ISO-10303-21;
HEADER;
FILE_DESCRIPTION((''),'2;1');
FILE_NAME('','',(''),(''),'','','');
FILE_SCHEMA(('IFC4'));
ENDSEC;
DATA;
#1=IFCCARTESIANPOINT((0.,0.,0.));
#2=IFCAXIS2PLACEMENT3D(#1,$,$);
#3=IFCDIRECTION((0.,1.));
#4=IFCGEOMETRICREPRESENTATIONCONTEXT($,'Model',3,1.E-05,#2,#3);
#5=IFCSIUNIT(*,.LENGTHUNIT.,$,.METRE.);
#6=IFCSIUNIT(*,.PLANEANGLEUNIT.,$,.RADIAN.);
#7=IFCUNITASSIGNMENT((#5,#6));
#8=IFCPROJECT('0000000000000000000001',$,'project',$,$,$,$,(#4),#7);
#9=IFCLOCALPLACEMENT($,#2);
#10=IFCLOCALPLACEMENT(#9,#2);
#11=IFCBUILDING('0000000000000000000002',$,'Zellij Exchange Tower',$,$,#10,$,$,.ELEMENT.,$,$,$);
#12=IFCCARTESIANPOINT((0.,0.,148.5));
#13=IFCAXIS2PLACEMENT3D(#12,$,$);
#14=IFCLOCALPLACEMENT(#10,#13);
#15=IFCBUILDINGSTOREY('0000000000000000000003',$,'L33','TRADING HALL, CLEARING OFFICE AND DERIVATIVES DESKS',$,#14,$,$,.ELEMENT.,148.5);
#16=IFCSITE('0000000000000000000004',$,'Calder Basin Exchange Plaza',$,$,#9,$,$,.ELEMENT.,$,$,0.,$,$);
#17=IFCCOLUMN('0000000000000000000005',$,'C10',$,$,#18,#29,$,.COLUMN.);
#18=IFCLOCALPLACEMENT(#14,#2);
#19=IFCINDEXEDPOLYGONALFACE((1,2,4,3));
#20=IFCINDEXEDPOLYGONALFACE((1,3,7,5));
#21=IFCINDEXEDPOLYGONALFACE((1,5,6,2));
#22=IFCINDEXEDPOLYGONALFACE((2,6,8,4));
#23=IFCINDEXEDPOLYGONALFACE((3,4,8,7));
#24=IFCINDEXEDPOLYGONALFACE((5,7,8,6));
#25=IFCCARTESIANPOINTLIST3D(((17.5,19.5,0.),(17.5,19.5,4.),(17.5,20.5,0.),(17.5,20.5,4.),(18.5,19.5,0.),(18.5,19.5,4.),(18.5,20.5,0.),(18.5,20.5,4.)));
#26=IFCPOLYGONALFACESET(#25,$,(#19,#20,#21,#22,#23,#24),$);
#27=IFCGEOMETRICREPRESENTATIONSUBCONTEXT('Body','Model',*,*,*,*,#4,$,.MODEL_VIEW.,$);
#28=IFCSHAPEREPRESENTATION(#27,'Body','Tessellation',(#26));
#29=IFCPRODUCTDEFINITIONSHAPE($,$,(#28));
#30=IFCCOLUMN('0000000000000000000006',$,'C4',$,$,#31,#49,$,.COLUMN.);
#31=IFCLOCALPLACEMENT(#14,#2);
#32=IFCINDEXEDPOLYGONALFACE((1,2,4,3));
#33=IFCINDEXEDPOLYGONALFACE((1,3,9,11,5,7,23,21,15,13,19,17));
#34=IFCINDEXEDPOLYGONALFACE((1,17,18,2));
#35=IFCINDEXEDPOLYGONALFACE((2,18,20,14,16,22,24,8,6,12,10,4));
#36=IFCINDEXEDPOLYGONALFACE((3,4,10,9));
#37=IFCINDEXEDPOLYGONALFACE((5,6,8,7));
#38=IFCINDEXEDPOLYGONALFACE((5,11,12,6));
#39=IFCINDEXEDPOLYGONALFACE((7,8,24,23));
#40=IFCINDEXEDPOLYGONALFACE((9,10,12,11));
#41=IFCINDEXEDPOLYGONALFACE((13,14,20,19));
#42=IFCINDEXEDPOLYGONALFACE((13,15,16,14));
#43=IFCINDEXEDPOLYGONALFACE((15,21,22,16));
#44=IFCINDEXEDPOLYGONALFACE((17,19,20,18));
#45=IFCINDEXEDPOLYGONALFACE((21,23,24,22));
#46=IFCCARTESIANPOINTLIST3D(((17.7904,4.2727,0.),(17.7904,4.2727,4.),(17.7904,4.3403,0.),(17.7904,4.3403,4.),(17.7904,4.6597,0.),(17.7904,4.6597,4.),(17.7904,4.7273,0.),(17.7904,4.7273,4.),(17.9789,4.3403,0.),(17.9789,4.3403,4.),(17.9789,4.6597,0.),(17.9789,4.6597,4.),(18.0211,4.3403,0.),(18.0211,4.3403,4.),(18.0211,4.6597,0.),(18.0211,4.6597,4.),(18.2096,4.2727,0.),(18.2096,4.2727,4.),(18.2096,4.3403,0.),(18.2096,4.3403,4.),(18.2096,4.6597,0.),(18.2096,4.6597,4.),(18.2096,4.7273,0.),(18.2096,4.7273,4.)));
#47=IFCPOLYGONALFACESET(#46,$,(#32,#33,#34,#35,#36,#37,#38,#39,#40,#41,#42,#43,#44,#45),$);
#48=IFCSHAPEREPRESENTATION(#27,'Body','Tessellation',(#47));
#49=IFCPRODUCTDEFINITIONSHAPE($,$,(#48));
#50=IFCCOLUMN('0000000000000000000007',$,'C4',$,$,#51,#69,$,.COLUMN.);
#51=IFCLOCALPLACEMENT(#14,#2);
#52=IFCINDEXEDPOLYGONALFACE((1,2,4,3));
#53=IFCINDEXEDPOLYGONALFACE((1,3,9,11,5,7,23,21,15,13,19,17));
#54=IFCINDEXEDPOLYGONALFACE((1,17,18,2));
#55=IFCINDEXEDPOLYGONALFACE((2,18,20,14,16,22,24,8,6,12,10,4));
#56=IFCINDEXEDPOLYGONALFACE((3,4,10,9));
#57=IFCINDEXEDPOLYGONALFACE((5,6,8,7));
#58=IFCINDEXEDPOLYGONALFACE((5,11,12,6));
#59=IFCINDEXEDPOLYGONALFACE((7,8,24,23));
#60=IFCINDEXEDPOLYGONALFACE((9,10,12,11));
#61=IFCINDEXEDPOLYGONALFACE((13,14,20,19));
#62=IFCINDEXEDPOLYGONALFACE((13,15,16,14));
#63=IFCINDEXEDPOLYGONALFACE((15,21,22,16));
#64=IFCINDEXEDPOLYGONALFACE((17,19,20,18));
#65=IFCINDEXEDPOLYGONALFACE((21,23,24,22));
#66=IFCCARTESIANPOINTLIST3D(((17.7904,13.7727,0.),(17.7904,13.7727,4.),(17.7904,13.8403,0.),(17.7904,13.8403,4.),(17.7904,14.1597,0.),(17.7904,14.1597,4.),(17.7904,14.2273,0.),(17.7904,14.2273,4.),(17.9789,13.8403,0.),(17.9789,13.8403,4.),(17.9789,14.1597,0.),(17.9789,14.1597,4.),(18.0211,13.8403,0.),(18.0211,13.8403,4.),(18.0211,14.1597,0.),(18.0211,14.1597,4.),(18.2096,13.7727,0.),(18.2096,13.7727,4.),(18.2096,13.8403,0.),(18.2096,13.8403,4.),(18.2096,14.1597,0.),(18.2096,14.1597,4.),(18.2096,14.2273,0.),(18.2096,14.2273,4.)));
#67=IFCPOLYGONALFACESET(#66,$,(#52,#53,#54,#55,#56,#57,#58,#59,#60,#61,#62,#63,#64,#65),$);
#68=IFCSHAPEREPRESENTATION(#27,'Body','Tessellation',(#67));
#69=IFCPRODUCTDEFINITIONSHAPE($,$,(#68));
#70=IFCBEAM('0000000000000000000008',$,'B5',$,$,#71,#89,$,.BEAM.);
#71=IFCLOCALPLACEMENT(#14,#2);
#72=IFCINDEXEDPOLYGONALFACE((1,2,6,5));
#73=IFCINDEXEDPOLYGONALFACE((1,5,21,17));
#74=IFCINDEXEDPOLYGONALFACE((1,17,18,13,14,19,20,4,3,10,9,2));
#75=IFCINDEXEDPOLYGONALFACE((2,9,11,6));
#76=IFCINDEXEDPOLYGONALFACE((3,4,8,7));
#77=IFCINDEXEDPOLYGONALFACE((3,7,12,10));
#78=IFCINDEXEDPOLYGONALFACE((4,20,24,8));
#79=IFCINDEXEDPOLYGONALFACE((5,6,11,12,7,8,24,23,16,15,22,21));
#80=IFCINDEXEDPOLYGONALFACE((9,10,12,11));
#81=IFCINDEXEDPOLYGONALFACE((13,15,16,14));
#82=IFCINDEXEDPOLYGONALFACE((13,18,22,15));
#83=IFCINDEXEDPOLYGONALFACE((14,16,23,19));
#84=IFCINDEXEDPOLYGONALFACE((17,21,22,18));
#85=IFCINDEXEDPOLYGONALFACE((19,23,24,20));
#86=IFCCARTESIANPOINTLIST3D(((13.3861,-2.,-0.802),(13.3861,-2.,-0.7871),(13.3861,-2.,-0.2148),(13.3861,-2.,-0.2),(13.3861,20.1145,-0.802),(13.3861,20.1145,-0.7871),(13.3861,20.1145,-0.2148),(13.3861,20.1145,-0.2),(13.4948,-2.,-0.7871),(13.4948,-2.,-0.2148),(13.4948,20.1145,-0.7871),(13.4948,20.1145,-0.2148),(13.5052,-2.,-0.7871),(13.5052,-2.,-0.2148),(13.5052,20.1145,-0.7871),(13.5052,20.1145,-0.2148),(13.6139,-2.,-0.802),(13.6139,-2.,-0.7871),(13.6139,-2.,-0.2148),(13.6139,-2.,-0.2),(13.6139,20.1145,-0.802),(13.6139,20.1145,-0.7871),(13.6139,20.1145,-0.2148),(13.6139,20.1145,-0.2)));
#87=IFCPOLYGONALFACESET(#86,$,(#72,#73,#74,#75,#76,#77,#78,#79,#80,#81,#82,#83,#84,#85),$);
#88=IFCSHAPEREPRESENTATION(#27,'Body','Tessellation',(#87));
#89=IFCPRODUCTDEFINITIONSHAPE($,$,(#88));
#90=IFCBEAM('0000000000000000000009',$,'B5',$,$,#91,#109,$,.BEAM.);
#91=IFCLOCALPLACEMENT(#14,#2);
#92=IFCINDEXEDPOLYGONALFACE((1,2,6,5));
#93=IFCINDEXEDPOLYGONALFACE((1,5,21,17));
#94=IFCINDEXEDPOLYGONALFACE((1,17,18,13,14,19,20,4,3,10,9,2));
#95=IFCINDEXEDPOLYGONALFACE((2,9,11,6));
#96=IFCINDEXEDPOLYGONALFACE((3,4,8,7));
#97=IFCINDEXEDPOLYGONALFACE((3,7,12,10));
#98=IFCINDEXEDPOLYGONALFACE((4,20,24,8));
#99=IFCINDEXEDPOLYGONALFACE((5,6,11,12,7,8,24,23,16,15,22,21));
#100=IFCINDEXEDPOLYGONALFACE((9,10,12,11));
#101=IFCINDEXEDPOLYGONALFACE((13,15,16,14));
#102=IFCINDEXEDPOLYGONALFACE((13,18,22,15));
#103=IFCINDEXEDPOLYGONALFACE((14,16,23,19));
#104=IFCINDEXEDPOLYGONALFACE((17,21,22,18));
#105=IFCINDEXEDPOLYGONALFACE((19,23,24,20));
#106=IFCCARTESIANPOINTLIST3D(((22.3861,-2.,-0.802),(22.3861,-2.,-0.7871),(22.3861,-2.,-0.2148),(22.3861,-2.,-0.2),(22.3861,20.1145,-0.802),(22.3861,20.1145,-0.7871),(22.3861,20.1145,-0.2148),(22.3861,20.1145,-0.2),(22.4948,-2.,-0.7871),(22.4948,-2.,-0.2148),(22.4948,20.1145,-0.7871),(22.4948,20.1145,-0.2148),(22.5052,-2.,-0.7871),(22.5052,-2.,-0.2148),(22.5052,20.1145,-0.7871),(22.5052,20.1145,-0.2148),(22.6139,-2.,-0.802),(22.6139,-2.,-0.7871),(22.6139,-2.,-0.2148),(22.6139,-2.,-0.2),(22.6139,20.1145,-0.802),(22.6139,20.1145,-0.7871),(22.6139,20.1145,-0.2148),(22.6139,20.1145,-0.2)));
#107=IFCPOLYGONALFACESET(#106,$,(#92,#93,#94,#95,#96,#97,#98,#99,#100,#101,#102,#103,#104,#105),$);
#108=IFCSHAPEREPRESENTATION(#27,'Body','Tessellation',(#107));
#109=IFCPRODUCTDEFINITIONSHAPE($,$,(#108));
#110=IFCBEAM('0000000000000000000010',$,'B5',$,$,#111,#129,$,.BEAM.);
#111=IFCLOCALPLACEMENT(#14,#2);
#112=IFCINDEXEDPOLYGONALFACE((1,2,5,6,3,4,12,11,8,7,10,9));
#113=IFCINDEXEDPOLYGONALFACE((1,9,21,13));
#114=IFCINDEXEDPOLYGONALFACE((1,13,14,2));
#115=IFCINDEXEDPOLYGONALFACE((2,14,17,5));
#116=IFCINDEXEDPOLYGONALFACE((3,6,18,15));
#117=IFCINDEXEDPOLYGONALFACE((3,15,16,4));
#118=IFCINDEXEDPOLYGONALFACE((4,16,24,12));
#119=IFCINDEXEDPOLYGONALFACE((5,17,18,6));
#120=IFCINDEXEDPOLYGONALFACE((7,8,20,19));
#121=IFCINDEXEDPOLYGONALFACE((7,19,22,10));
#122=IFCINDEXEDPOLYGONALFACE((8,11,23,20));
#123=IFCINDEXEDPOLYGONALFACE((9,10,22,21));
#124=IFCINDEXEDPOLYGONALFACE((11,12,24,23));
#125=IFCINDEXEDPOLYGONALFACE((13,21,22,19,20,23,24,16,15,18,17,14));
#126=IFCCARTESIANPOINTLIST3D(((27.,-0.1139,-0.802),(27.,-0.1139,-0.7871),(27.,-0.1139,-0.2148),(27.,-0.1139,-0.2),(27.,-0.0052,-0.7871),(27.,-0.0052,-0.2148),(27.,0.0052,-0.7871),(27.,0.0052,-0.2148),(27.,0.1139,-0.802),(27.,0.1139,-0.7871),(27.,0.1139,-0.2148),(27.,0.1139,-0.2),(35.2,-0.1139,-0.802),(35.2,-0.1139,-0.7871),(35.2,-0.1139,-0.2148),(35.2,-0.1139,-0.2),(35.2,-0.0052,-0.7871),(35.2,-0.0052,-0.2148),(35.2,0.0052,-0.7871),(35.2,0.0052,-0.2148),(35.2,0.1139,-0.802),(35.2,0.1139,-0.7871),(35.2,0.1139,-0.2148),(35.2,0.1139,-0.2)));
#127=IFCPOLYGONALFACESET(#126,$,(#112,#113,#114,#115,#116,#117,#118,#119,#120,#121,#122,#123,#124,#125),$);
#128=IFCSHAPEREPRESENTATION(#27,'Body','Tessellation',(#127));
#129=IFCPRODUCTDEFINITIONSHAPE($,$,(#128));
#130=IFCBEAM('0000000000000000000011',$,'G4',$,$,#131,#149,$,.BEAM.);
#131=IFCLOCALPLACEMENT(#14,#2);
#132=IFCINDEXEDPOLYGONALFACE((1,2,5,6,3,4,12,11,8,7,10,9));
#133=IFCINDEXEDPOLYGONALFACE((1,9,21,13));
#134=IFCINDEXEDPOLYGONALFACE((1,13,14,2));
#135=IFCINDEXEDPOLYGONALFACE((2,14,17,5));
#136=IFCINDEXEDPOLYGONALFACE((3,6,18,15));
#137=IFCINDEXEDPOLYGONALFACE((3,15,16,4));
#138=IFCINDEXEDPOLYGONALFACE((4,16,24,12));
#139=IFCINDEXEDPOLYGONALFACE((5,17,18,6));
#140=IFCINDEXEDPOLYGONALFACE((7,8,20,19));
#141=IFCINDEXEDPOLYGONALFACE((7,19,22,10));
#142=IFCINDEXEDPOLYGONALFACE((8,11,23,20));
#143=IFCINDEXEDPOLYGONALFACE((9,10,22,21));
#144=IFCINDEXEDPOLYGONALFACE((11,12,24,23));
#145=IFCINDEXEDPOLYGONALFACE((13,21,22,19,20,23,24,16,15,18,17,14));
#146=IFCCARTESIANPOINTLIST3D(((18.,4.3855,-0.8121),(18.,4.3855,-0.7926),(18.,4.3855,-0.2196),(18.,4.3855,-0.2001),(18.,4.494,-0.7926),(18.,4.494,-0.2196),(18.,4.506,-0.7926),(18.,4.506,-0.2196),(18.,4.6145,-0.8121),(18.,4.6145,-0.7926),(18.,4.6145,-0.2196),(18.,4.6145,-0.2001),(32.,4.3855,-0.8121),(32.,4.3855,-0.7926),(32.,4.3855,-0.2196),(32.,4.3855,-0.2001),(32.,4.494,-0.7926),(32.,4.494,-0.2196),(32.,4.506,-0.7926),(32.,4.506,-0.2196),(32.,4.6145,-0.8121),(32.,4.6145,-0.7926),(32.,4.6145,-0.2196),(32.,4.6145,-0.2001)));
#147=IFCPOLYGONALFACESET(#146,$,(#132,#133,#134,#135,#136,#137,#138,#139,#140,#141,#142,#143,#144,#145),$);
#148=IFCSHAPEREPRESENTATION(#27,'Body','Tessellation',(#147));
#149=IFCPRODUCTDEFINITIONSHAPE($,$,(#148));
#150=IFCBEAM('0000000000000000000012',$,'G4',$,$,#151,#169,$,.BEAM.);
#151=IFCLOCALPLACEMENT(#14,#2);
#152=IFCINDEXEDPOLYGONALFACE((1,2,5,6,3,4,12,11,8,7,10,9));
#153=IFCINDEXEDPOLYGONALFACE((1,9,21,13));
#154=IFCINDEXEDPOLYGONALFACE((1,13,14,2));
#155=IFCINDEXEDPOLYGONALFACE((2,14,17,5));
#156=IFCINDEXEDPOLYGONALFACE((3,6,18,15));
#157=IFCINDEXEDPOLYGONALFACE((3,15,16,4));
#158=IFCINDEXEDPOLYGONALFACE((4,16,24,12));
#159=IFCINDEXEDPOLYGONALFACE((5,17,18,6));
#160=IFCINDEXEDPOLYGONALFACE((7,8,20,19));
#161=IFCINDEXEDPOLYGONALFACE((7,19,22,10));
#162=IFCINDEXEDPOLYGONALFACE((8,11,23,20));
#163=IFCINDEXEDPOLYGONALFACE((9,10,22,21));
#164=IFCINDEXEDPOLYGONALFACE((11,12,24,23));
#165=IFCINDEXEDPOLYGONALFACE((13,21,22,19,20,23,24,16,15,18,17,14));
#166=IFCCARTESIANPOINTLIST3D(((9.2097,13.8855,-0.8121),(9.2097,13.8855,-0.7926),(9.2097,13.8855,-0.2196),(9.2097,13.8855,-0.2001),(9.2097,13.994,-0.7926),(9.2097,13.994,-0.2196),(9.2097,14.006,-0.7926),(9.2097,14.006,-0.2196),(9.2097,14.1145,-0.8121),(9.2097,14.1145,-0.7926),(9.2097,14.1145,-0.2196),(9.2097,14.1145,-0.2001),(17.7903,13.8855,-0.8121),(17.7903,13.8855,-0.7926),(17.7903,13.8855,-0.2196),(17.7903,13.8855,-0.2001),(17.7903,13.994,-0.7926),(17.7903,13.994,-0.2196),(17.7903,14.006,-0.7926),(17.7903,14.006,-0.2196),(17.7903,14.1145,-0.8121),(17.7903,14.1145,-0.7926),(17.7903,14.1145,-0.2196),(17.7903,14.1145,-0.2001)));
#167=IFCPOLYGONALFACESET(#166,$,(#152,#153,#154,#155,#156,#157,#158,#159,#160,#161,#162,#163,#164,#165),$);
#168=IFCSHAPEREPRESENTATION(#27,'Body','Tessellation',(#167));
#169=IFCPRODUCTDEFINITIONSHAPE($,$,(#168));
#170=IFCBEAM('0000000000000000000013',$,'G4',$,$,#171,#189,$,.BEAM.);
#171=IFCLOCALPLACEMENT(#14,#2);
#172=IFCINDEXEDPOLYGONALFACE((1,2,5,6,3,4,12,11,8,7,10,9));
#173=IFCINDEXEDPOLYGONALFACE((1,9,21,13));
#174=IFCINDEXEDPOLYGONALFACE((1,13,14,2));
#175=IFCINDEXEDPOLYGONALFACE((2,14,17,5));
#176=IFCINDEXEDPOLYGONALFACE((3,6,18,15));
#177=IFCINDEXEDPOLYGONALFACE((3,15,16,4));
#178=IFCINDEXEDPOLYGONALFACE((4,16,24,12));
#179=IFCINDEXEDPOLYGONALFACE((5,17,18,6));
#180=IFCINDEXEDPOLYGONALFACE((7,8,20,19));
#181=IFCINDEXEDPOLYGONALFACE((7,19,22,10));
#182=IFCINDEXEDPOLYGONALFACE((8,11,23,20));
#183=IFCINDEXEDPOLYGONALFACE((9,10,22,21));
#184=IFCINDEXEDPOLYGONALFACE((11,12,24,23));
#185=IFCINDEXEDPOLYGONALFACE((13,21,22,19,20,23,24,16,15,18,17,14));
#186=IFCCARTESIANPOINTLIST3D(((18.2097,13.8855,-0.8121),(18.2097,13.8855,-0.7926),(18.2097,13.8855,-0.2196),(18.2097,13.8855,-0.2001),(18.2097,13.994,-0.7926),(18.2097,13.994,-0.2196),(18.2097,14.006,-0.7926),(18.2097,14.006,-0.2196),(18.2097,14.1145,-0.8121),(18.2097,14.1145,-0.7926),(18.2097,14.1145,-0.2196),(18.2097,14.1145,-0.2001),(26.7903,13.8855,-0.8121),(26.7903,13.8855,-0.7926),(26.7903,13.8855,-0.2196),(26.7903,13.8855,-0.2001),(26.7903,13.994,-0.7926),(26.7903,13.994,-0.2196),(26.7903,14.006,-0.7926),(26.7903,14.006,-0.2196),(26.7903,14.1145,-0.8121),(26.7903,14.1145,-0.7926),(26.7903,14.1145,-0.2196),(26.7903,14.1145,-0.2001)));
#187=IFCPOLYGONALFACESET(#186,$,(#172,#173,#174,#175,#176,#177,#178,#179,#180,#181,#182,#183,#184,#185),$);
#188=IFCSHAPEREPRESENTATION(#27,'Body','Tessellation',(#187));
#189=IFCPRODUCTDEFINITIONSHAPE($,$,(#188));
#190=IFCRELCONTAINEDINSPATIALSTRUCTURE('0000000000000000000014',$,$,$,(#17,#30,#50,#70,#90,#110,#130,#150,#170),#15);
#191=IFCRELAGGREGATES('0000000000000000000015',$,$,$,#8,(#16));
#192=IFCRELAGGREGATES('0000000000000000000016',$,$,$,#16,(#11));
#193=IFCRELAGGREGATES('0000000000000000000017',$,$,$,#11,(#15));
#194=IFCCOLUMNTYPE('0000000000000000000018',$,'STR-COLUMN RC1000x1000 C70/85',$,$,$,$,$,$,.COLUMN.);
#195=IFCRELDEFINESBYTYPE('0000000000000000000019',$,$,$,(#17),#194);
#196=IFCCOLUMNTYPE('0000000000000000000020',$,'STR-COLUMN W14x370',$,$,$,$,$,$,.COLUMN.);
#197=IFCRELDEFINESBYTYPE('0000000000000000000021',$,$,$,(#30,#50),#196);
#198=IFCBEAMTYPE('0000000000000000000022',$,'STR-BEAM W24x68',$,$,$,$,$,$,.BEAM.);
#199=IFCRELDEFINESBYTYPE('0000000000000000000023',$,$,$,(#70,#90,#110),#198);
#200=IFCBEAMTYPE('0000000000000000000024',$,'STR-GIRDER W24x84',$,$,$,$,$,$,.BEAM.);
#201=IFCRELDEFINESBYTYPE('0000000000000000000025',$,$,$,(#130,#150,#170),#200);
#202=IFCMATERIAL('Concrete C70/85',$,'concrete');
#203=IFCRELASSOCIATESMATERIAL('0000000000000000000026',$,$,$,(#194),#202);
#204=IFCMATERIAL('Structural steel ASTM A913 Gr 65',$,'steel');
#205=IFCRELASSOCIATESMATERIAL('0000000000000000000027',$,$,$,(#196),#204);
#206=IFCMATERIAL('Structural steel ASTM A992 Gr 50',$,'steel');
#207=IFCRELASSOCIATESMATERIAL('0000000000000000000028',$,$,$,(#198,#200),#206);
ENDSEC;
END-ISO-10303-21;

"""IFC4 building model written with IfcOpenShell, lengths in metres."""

from ifc_helpers import new_model, si_unit, direction, frame, origin, origin_2d, place, context, subcontext, project, spatial, rectangle, i_section, extrude, material, material_profile, profile_set, type_object, element, save


model = new_model("IFC4")

# Units and contexts
model_context = context("Model", 3, precision=1e-05, world=origin(), true_north=direction((0.0, 1.0)))
body_context = subcontext(model_context, "Body", "Model", "MODEL_VIEW")
ifc_project = project(units=[si_unit("LENGTHUNIT", "METRE"), si_unit("PLANEANGLEUNIT", "RADIAN")], contexts=[model_context])

# Site, building, storey
site_placement = place(None, origin())
site = spatial("IfcSite", under=ifc_project, at=site_placement, Name="Calder Basin Exchange Plaza", CompositionType="ELEMENT", RefElevation=0.0)
building_placement = place(site_placement, origin())
building = spatial("IfcBuilding", under=site, at=building_placement, Name="Zellij Exchange Tower", CompositionType="ELEMENT")
storey_placement = place(building_placement, frame((0.0, 0.0, 148.5)))
storey = spatial("IfcBuildingStorey", under=building, at=storey_placement, Name="L33", Description="TRADING HALL, CLEARING OFFICE AND DERIVATIVES DESKS", CompositionType="ELEMENT", Elevation=148.5)

# Columns
ifc_material_1 = material(Name="Concrete C70/85", Category="concrete")
ifc_material_profile_1 = material_profile(ifc_material_1, rectangle(XDim=1.0, YDim=1.0, at=origin_2d()), Name="STR-COLUMN RC1000x1000 C70/85")
ifc_profile_set_1 = profile_set([ifc_material_profile_1], Name="Concrete C70/85")
column_type_1 = type_object("IfcColumnType", Name="STR-COLUMN RC1000x1000 C70/85", PredefinedType="COLUMN", material=ifc_profile_set_1)
column_placement = place(storey_placement, frame((18.0, 20.0, 0.0), z_axis=(0.0, 0.0, 1.0), x_axis=(1.0, 0.0, 0.0)))
element("IfcColumn", 1, at=column_placement, inside=storey, type_object=column_type_1, Name="C10", PredefinedType="COLUMN", context=body_context, shape_type="SweptSolid", body=[
    extrude(rectangle(XDim=1.0, YDim=1.0, at=origin_2d()), origin(), (0.0, 0.0, 1.0), 4.0),
])
ifc_material_2 = material(Name="Structural steel ASTM A913 Gr 65", Category="steel")
ifc_material_profile_2 = material_profile(ifc_material_2, i_section(OverallWidth=0.4192, OverallDepth=0.4546, WebThickness=0.0422, FlangeThickness=0.0676, at=origin_2d()), Name="W14x370")
ifc_profile_set_2 = profile_set([ifc_material_profile_2], Name="Structural steel ASTM A913 Gr 65")
column_type_2 = type_object("IfcColumnType", Name="STR-COLUMN W14x370", PredefinedType="COLUMN", material=ifc_profile_set_2)
for number, where, z_axis, x_axis, name in (
    (2, (18.0, 4.5, 0.0), (0.0, 0.0, 1.0), (1.0, 0.0, 0.0), "C4"),
    (3, (18.0, 14.0, 0.0), (0.0, 0.0, 1.0), (1.0, 0.0, 0.0), "C4"),
):
    element("IfcColumn", number, at=place(storey_placement, frame(where, z_axis=z_axis, x_axis=x_axis)), inside=storey, type_object=column_type_2, Name=name, PredefinedType="COLUMN", context=body_context, shape_type="SweptSolid", body=[
        extrude(i_section(OverallWidth=0.4192, OverallDepth=0.4546, WebThickness=0.0422, FlangeThickness=0.0676, at=origin_2d()), origin(), (0.0, 0.0, 1.0), 4.0),
    ])

# Beams
ifc_material_3 = material(Name="Structural steel ASTM A992 Gr 50", Category="steel")
ifc_material_profile_3 = material_profile(ifc_material_3, i_section(OverallWidth=0.2278, OverallDepth=0.6021, WebThickness=0.0105, FlangeThickness=0.0149, at=origin_2d()), Name="W24x68")
ifc_profile_set_3 = profile_set([ifc_material_profile_3], Name="Structural steel ASTM A992 Gr 50")
beam_type_1 = type_object("IfcBeamType", Name="STR-BEAM W24x68", PredefinedType="BEAM", material=ifc_profile_set_3)
for number, where, z_axis, x_axis, name in (
    (4, (13.5, -2.0, -0.501), (0.0, 1.0, 0.0), (-1.0, 0.0, 0.0), "B5"),
    (5, (22.5, -2.0, -0.501), (0.0, 1.0, 0.0), (-1.0, 0.0, 0.0), "B5"),
):
    element("IfcBeam", number, at=place(storey_placement, frame(where, z_axis=z_axis, x_axis=x_axis)), inside=storey, type_object=beam_type_1, Name=name, PredefinedType="BEAM", context=body_context, shape_type="SweptSolid", body=[
        extrude(i_section(OverallWidth=0.2278, OverallDepth=0.6021, WebThickness=0.0105, FlangeThickness=0.0149, at=origin_2d()), origin(), (0.0, 0.0, 1.0), 22.1145),
    ])
beam_1_placement = place(storey_placement, frame((27.0, 0.0, -0.501), z_axis=(1.0, 0.0, 0.0), x_axis=(0.0, 1.0, 0.0)))
element("IfcBeam", 6, at=beam_1_placement, inside=storey, type_object=beam_type_1, Name="B5", PredefinedType="BEAM", context=body_context, shape_type="SweptSolid", body=[
    extrude(i_section(OverallWidth=0.2278, OverallDepth=0.6021, WebThickness=0.0105, FlangeThickness=0.0149, at=origin_2d()), origin(), (0.0, 0.0, 1.0), 8.2),
])
ifc_material_profile_4 = material_profile(ifc_material_3, i_section(OverallWidth=0.229, OverallDepth=0.6121, WebThickness=0.012, FlangeThickness=0.0195, at=origin_2d()), Name="W24x84")
ifc_profile_set_4 = profile_set([ifc_material_profile_4], Name="Structural steel ASTM A992 Gr 50")
beam_type_2 = type_object("IfcBeamType", Name="STR-GIRDER W24x84", PredefinedType="BEAM", material=ifc_profile_set_4)
beam_2_placement = place(storey_placement, frame((18.0, 4.5, -0.5061), z_axis=(1.0, 0.0, 0.0), x_axis=(0.0, 1.0, 0.0)))
element("IfcBeam", 7, at=beam_2_placement, inside=storey, type_object=beam_type_2, Name="G4", PredefinedType="BEAM", context=body_context, shape_type="SweptSolid", body=[
    extrude(i_section(OverallWidth=0.229, OverallDepth=0.6121, WebThickness=0.012, FlangeThickness=0.0195, at=origin_2d()), origin(), (0.0, 0.0, 1.0), 14.0),
])
for number, where, z_axis, x_axis, name in (
    (8, (9.2097, 14.0, -0.5061), (1.0, 0.0, 0.0), (0.0, 1.0, 0.0), "G4"),
    (9, (18.2097, 14.0, -0.5061), (1.0, 0.0, 0.0), (0.0, 1.0, 0.0), "G4"),
):
    element("IfcBeam", number, at=place(storey_placement, frame(where, z_axis=z_axis, x_axis=x_axis)), inside=storey, type_object=beam_type_2, Name=name, PredefinedType="BEAM", context=body_context, shape_type="SweptSolid", body=[
        extrude(i_section(OverallWidth=0.229, OverallDepth=0.6121, WebThickness=0.012, FlangeThickness=0.0195, at=origin_2d()), origin(), (0.0, 0.0, 1.0), 8.5806),
    ])

save(model, "model.ifc")
